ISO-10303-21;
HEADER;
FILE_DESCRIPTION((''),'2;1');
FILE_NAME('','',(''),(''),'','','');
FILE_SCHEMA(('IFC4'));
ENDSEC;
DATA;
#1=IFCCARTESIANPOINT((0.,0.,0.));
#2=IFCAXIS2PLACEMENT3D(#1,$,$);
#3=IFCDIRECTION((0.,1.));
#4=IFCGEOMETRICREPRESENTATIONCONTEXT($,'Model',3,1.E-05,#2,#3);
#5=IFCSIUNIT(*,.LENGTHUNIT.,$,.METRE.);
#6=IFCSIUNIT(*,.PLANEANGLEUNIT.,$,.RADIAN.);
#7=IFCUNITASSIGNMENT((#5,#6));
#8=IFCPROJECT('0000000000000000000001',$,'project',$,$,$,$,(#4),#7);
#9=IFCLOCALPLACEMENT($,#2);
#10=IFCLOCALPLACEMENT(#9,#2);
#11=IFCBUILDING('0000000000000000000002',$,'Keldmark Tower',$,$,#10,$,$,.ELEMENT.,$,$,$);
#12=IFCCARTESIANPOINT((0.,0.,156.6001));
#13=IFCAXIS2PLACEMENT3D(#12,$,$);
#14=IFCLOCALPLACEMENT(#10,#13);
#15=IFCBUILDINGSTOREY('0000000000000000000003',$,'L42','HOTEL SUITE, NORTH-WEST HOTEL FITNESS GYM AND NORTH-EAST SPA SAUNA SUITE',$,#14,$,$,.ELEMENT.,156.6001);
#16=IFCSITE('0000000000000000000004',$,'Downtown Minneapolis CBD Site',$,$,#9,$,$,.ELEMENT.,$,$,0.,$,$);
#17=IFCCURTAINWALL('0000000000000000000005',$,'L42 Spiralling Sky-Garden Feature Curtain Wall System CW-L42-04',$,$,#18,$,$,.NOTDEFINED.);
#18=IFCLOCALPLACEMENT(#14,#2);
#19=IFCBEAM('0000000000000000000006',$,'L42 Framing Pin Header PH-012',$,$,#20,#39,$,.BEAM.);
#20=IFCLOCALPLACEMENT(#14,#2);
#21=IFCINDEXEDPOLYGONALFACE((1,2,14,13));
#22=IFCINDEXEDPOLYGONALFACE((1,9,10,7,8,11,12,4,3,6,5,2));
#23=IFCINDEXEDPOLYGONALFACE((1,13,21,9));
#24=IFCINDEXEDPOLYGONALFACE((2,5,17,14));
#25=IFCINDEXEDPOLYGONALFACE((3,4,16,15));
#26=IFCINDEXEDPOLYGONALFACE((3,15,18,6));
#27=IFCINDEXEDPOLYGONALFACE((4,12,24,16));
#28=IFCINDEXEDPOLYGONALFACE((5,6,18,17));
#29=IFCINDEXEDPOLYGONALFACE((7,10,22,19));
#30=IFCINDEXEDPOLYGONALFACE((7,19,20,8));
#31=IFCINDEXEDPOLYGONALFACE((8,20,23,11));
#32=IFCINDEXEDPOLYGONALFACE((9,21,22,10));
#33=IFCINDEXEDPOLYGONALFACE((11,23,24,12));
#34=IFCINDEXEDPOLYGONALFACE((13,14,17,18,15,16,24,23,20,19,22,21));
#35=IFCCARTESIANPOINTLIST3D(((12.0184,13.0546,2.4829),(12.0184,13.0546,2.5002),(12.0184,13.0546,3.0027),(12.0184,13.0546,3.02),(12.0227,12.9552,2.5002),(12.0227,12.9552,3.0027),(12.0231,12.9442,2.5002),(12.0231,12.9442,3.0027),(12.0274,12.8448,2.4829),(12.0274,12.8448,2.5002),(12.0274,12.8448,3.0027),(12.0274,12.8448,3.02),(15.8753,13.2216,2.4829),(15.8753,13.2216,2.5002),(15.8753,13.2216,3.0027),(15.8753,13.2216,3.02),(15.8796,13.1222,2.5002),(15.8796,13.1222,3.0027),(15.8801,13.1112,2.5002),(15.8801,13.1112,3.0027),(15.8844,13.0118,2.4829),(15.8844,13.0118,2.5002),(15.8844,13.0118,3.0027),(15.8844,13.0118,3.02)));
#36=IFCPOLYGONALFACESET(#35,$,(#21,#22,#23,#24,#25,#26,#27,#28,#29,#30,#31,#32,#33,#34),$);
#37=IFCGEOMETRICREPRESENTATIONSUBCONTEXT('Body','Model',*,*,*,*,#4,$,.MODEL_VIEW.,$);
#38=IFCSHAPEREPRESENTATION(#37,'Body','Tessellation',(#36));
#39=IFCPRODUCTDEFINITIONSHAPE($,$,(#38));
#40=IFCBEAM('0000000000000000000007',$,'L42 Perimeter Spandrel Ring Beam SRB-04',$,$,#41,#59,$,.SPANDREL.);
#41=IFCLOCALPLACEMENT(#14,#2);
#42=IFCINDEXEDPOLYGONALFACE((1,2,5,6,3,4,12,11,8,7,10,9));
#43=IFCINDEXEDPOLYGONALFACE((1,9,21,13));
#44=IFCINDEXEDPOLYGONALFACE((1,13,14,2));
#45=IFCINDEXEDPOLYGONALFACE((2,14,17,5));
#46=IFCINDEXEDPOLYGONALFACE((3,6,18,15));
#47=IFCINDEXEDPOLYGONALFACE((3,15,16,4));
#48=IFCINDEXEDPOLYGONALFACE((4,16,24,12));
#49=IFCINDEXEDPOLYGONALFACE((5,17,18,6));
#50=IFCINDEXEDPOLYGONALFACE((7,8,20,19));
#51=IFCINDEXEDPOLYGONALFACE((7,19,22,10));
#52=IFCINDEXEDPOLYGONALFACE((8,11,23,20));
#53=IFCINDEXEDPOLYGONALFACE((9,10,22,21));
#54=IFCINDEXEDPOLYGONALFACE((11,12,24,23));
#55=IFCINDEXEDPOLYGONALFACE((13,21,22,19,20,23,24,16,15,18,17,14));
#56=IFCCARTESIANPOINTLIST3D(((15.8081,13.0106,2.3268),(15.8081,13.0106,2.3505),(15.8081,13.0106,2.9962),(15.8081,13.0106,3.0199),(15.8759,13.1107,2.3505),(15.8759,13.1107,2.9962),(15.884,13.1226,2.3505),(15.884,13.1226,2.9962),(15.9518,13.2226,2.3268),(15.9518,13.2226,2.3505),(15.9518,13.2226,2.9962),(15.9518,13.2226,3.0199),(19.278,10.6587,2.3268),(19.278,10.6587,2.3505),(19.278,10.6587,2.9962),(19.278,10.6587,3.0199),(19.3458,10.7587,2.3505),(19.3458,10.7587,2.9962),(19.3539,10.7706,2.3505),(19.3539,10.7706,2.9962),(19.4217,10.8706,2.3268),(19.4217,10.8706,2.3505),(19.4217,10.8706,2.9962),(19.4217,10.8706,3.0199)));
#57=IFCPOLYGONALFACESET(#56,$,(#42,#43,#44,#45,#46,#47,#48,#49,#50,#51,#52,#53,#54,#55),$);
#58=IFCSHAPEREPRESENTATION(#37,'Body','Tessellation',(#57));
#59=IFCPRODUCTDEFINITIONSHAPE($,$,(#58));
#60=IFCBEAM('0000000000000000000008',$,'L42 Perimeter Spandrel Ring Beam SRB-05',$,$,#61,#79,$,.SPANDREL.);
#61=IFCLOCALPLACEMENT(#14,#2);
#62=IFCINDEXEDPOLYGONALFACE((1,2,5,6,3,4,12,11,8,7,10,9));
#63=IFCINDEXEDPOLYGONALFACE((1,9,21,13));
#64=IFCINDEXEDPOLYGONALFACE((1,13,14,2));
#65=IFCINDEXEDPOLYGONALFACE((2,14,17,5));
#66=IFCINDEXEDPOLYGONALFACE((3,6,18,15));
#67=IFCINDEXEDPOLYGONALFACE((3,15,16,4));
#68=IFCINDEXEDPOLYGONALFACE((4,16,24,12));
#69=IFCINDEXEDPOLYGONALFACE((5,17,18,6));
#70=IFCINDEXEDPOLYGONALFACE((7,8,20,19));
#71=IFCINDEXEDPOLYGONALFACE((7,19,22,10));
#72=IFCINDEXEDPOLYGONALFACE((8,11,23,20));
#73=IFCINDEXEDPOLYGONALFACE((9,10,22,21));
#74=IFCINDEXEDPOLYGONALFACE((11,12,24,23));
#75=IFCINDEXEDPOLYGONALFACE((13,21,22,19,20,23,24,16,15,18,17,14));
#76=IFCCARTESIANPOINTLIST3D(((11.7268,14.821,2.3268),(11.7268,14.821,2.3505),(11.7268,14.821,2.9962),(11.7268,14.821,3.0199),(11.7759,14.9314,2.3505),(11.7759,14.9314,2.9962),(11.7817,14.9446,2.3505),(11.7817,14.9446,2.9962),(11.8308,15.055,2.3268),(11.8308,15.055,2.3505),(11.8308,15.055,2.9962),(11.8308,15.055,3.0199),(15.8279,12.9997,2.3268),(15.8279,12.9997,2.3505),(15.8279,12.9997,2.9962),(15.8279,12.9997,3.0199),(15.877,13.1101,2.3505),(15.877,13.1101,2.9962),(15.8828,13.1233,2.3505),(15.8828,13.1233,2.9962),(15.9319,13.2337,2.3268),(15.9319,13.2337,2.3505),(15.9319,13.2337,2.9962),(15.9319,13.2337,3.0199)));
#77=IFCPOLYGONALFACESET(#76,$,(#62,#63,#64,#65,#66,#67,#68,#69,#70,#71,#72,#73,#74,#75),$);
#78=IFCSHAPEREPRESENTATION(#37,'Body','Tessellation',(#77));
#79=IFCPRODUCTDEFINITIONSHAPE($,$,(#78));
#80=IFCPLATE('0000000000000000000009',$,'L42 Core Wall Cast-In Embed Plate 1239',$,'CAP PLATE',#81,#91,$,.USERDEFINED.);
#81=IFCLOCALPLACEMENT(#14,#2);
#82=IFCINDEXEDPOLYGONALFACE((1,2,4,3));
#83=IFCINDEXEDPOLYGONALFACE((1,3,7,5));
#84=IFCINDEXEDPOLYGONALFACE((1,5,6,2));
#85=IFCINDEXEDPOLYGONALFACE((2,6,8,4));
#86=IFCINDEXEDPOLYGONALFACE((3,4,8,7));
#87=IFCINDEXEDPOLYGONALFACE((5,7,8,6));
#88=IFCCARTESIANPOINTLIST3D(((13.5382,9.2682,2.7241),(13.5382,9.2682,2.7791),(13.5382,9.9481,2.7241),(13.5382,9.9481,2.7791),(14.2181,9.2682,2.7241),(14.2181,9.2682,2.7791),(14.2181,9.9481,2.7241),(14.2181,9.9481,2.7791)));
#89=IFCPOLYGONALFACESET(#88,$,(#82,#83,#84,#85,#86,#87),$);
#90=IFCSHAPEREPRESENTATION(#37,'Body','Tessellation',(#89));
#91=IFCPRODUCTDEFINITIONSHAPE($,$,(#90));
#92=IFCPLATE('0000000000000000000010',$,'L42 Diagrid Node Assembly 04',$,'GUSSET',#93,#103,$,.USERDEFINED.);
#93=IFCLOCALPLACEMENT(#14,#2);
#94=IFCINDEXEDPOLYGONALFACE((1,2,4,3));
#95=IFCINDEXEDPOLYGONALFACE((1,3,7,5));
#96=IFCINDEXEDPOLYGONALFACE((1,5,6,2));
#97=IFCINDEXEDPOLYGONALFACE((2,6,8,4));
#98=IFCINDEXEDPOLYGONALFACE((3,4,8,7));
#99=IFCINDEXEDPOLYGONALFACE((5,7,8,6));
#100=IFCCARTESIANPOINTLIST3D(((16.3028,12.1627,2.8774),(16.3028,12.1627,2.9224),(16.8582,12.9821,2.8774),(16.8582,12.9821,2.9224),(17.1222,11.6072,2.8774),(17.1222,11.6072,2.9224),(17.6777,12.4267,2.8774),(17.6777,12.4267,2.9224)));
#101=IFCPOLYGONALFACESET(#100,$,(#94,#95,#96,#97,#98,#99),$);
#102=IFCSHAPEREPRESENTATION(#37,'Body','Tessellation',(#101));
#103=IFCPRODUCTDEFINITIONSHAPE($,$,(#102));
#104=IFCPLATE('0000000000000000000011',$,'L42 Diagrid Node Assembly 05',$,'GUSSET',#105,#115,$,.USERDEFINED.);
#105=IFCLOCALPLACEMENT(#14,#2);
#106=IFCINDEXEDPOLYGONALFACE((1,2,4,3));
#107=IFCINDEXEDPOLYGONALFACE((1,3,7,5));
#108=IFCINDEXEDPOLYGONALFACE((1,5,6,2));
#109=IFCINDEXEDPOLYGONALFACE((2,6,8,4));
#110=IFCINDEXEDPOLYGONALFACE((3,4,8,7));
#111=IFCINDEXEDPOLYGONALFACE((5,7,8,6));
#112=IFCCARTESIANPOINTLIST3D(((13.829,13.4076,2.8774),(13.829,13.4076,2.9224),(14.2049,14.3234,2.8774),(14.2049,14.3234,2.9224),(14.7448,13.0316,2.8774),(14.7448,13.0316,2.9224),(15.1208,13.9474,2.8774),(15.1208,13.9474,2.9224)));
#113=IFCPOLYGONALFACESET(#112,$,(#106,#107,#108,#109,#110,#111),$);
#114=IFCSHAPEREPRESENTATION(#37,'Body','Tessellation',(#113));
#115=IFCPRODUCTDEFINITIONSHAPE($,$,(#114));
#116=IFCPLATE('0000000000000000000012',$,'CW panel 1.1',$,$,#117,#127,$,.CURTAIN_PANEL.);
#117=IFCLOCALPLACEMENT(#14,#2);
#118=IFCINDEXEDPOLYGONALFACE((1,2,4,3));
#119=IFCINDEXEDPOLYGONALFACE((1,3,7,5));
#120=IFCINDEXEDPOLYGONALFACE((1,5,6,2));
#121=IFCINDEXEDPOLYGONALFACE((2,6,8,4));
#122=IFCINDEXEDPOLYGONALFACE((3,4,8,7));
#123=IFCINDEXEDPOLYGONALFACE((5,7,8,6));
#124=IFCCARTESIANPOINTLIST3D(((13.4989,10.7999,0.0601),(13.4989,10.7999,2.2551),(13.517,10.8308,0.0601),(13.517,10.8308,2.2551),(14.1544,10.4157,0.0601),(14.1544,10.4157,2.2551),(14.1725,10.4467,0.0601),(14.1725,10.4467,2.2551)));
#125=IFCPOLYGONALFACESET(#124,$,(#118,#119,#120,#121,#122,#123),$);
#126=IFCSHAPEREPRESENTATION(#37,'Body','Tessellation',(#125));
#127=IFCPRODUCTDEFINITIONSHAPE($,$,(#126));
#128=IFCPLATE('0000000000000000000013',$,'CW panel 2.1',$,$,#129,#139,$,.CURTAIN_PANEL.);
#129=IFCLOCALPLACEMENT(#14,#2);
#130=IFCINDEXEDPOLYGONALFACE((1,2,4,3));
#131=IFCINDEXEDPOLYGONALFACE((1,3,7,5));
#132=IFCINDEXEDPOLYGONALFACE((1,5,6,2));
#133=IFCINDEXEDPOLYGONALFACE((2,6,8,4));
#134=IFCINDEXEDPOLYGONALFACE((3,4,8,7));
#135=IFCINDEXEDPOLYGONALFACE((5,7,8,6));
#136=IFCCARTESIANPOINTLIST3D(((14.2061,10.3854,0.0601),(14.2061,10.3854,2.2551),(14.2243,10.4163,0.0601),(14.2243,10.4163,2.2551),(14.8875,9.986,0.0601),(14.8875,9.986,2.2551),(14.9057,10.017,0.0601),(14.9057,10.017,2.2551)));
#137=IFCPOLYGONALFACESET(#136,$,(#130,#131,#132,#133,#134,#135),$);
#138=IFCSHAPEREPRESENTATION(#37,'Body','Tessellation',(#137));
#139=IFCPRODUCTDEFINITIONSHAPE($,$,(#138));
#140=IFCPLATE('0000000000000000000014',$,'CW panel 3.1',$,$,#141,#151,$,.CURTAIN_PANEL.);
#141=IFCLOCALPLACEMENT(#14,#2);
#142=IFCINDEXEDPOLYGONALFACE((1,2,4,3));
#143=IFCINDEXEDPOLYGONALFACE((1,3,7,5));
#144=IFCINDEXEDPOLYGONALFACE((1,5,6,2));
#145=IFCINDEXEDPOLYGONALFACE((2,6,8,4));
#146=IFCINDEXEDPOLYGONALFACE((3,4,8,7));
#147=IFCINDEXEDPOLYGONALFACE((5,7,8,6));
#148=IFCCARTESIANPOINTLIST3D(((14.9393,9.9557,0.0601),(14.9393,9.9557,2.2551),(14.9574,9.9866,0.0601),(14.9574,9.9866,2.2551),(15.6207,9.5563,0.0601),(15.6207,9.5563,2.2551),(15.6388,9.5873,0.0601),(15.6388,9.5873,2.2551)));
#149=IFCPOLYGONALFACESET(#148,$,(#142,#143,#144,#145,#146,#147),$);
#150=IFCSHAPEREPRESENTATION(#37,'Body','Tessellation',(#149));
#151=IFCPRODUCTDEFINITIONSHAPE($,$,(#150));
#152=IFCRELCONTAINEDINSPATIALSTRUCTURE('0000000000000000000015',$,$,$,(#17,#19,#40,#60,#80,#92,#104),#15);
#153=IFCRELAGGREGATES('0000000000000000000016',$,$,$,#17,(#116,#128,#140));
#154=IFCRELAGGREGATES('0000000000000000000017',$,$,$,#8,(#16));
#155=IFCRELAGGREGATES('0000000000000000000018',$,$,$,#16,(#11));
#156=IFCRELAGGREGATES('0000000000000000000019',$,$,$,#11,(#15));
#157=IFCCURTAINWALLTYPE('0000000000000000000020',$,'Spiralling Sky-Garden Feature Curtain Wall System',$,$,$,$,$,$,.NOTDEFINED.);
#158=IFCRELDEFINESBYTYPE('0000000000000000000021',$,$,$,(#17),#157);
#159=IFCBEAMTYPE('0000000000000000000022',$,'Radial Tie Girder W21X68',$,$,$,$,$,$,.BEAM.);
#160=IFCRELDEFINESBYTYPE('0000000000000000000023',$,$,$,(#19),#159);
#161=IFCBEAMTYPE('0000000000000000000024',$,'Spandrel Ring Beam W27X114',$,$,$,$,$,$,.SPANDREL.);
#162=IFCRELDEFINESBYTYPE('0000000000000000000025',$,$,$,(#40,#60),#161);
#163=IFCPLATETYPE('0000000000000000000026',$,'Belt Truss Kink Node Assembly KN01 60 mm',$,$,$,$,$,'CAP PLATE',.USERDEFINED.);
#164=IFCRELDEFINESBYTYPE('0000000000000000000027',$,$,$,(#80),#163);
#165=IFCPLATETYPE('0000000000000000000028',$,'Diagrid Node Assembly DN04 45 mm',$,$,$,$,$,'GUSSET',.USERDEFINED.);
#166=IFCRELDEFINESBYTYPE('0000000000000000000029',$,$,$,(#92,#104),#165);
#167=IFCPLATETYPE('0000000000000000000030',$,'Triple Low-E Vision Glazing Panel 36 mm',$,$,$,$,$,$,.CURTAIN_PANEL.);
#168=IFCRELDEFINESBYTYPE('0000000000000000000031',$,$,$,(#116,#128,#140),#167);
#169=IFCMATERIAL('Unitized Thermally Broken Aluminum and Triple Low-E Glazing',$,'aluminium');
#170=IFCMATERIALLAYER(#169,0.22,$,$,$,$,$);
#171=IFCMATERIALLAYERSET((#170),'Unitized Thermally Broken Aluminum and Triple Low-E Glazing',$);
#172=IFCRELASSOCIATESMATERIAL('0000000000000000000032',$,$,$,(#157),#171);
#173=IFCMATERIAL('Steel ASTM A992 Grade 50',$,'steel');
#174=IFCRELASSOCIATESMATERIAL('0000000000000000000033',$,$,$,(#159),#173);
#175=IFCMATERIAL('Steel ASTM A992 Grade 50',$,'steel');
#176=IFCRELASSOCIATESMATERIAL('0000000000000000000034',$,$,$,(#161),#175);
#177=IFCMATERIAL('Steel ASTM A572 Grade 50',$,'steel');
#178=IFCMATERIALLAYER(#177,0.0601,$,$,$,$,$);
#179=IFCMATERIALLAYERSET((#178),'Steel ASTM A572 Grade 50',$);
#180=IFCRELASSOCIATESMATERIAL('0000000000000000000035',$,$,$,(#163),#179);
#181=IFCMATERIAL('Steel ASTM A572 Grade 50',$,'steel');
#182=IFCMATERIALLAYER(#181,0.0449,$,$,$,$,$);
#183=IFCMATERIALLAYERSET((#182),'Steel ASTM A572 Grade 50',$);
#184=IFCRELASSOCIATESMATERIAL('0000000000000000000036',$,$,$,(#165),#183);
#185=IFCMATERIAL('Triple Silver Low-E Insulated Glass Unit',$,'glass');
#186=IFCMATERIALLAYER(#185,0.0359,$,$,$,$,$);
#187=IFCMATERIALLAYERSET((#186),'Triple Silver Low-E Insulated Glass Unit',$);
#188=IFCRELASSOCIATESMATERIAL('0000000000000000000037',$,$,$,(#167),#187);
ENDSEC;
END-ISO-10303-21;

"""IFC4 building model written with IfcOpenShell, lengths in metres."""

from ifc_helpers import new_model, si_unit, direction, frame, origin, origin_2d, place, context, subcontext, project, spatial, rectangle, i_section, extrude, material, layer, layer_set, material_profile, profile_set, type_object, element, aggregate, save


model = new_model("IFC4")

# Units and contexts
model_context = context("Model", 3, precision=1e-05, world=origin(), true_north=direction((0.0, 1.0)))
body_context = subcontext(model_context, "Body", "Model", "MODEL_VIEW")
ifc_project = project(units=[si_unit("LENGTHUNIT", "METRE"), si_unit("PLANEANGLEUNIT", "RADIAN")], contexts=[model_context])

# Site, building, storey
site_placement = place(None, origin())
site = spatial("IfcSite", under=ifc_project, at=site_placement, Name="Downtown Minneapolis CBD Site", CompositionType="ELEMENT", RefElevation=0.0)
building_placement = place(site_placement, origin())
building = spatial("IfcBuilding", under=site, at=building_placement, Name="Keldmark Tower", CompositionType="ELEMENT")
storey_placement = place(building_placement, frame((0.0, 0.0, 156.6001)))
storey = spatial("IfcBuildingStorey", under=building, at=storey_placement, Name="L42", Description="HOTEL SUITE, NORTH-WEST HOTEL FITNESS GYM AND NORTH-EAST SPA SAUNA SUITE", CompositionType="ELEMENT", Elevation=156.6001)

# Curtain wall
ifc_material_1 = material(Name="Unitized Thermally Broken Aluminum and Triple Low-E Glazing", Category="aluminium")
ifc_layer_1 = layer(ifc_material_1, 0.22)
ifc_layer_set_1 = layer_set([ifc_layer_1], Name="Unitized Thermally Broken Aluminum and Triple Low-E Glazing")
curtain_wall_type = type_object("IfcCurtainWallType", Name="Spiralling Sky-Garden Feature Curtain Wall System", PredefinedType="NOTDEFINED", material=ifc_layer_set_1)
curtain_wall_placement = place(storey_placement, origin())
curtain_wall = element("IfcCurtainWall", 1, at=curtain_wall_placement, inside=storey, type_object=curtain_wall_type, Name="L42 Spiralling Sky-Garden Feature Curtain Wall System CW-L42-04", PredefinedType="NOTDEFINED")

# Beams
ifc_material_2 = material(Name="Steel ASTM A992 Grade 50", Category="steel")
ifc_material_profile_1 = material_profile(ifc_material_2, i_section(OverallWidth=0.21, OverallDepth=0.5371, WebThickness=0.011, FlangeThickness=0.0173, at=origin_2d()), Name="W21X68")
ifc_profile_set_1 = profile_set([ifc_material_profile_1], Name="Steel ASTM A992 Grade 50")
beam_type_1 = type_object("IfcBeamType", Name="Radial Tie Girder W21X68", PredefinedType="BEAM", material=ifc_profile_set_1)
beam_1_placement = place(storey_placement, frame((15.8799, 13.1167, 2.7515), z_axis=(-0.999064, -0.043256, 0.0), x_axis=(0.043256, -0.999064, 0.0)))
element("IfcBeam", 2, at=beam_1_placement, inside=storey, type_object=beam_type_1, Name="L42 Framing Pin Header PH-012", PredefinedType="BEAM", context=body_context, shape_type="SweptSolid", body=[
    extrude(i_section(OverallWidth=0.21, OverallDepth=0.5371, WebThickness=0.011, FlangeThickness=0.0173, at=origin_2d()), origin(), (0.0, 0.0, 1.0), 3.8606),
])
ifc_material_3 = material(Name="Steel ASTM A992 Grade 50", Category="steel")
ifc_material_profile_2 = material_profile(ifc_material_3, i_section(OverallWidth=0.2561, OverallDepth=0.6931, WebThickness=0.0144, FlangeThickness=0.0237, at=origin_2d()), Name="W27X114")
ifc_profile_set_2 = profile_set([ifc_material_profile_2], Name="Steel ASTM A992 Grade 50")
beam_type_2 = type_object("IfcBeamType", Name="Spandrel Ring Beam W27X114", PredefinedType="SPANDREL", material=ifc_profile_set_2)
beam_2_placement = place(storey_placement, frame((19.3499, 10.7646, 2.6733), z_axis=(-0.827761, 0.561081, 0.0), x_axis=(-0.561081, -0.827761, 0.0)))
element("IfcBeam", 3, at=beam_2_placement, inside=storey, type_object=beam_type_2, Name="L42 Perimeter Spandrel Ring Beam SRB-04", PredefinedType="SPANDREL", context=body_context, shape_type="SweptSolid", body=[
    extrude(i_section(OverallWidth=0.2561, OverallDepth=0.6931, WebThickness=0.0144, FlangeThickness=0.0237, at=origin_2d()), origin(), (0.0, 0.0, 1.0), 4.1919),
])
beam_3_placement = place(storey_placement, frame((15.8799, 13.1167, 2.6733), z_axis=(-0.913928, 0.405876, 0.0), x_axis=(-0.405876, -0.913928, 0.0)))
element("IfcBeam", 4, at=beam_3_placement, inside=storey, type_object=beam_type_2, Name="L42 Perimeter Spandrel Ring Beam SRB-05", PredefinedType="SPANDREL", context=body_context, shape_type="SweptSolid", body=[
    extrude(i_section(OverallWidth=0.2561, OverallDepth=0.6931, WebThickness=0.0144, FlangeThickness=0.0237, at=origin_2d()), origin(), (0.0, 0.0, 1.0), 4.4873),
])

# Plates
ifc_material_4 = material(Name="Steel ASTM A572 Grade 50", Category="steel")
ifc_layer_2 = layer(ifc_material_4, 0.0601)
ifc_layer_set_2 = layer_set([ifc_layer_2], Name="Steel ASTM A572 Grade 50")
plate_type_1 = type_object("IfcPlateType", Name="Belt Truss Kink Node Assembly KN01 60 mm", ElementType="CAP PLATE", PredefinedType="USERDEFINED", material=ifc_layer_set_2)
plate_1_placement = place(storey_placement, frame((13.8782, 9.6082, 2.7241), z_axis=(0.0, 0.0, 1.0), x_axis=(1.0, 0.0, 0.0)))
element("IfcPlate", 5, at=plate_1_placement, inside=storey, type_object=plate_type_1, Name="L42 Core Wall Cast-In Embed Plate 1239", ObjectType="CAP PLATE", PredefinedType="USERDEFINED", context=body_context, shape_type="SweptSolid", body=[
    extrude(rectangle(XDim=0.6799, YDim=0.6799, at=origin_2d()), origin(), (0.0, 0.0, 1.0), 0.0549),
])
ifc_material_5 = material(Name="Steel ASTM A572 Grade 50", Category="steel")
ifc_layer_3 = layer(ifc_material_5, 0.0449)
ifc_layer_set_3 = layer_set([ifc_layer_3], Name="Steel ASTM A572 Grade 50")
plate_type_2 = type_object("IfcPlateType", Name="Diagrid Node Assembly DN04 45 mm", ElementType="GUSSET", PredefinedType="USERDEFINED", material=ifc_layer_set_3)
for number, where, z_axis, x_axis, name in (
    (6, (16.9902, 12.2947, 2.8774), (0.0, 0.0, 1.0), (-0.827767, 0.561072, 0.0), "L42 Diagrid Node Assembly 04"),
    (7, (14.4749, 13.6775, 2.8774), (0.0, 0.0, 1.0), (-0.925077, 0.379779, 0.0), "L42 Diagrid Node Assembly 05"),
):
    element("IfcPlate", number, at=place(storey_placement, frame(where, z_axis=z_axis, x_axis=x_axis)), inside=storey, type_object=plate_type_2, Name=name, ObjectType="GUSSET", PredefinedType="USERDEFINED", context=body_context, shape_type="SweptSolid", body=[
        extrude(rectangle(XDim=0.99, YDim=0.99, at=origin_2d()), origin(), (0.0, 0.0, 1.0), 0.0449),
    ])

# Plates
ifc_material_6 = material(Name="Triple Silver Low-E Insulated Glass Unit", Category="glass")
ifc_layer_4 = layer(ifc_material_6, 0.0359)
ifc_layer_set_4 = layer_set([ifc_layer_4], Name="Triple Silver Low-E Insulated Glass Unit")
plate_type_3 = type_object("IfcPlateType", Name="Triple Low-E Vision Glazing Panel 36 mm", PredefinedType="CURTAIN_PANEL", material=ifc_layer_set_4)
plate_2_placement = place(storey_placement, frame((13.8357, 10.6233, 0.0601), z_axis=(0.0, 0.0, 1.0), x_axis=(0.862763, -0.505608, 0.0)))
plate_2 = element("IfcPlate", 8, at=plate_2_placement, type_object=plate_type_3, Name="CW panel 1.1", PredefinedType="CURTAIN_PANEL", context=body_context, shape_type="SweptSolid", body=[
    extrude(rectangle(XDim=0.7598, YDim=0.0359, at=origin_2d()), origin(), (0.0, 0.0, 1.0), 2.1951),
])
plate_3_placement = place(storey_placement, frame((14.5559, 10.2012, 0.0601), z_axis=(0.0, 0.0, 1.0), x_axis=(0.862763, -0.505608, 0.0)))
plate_3 = element("IfcPlate", 9, at=plate_3_placement, type_object=plate_type_3, Name="CW panel 2.1", PredefinedType="CURTAIN_PANEL", context=body_context, shape_type="SweptSolid", body=[
    extrude(rectangle(XDim=0.7898, YDim=0.0359, at=origin_2d()), origin(), (0.0, 0.0, 1.0), 2.1951),
])
plate_4_placement = place(storey_placement, frame((15.2891, 9.7715, 0.0601), z_axis=(0.0, 0.0, 1.0), x_axis=(0.862763, -0.505608, 0.0)))
plate_4 = element("IfcPlate", 10, at=plate_4_placement, type_object=plate_type_3, Name="CW panel 3.1", PredefinedType="CURTAIN_PANEL", context=body_context, shape_type="SweptSolid", body=[
    extrude(rectangle(XDim=0.7898, YDim=0.0359, at=origin_2d()), origin(), (0.0, 0.0, 1.0), 2.1951),
])
aggregate(curtain_wall, [plate_2, plate_3, plate_4])

save(model, "model.ifc")
